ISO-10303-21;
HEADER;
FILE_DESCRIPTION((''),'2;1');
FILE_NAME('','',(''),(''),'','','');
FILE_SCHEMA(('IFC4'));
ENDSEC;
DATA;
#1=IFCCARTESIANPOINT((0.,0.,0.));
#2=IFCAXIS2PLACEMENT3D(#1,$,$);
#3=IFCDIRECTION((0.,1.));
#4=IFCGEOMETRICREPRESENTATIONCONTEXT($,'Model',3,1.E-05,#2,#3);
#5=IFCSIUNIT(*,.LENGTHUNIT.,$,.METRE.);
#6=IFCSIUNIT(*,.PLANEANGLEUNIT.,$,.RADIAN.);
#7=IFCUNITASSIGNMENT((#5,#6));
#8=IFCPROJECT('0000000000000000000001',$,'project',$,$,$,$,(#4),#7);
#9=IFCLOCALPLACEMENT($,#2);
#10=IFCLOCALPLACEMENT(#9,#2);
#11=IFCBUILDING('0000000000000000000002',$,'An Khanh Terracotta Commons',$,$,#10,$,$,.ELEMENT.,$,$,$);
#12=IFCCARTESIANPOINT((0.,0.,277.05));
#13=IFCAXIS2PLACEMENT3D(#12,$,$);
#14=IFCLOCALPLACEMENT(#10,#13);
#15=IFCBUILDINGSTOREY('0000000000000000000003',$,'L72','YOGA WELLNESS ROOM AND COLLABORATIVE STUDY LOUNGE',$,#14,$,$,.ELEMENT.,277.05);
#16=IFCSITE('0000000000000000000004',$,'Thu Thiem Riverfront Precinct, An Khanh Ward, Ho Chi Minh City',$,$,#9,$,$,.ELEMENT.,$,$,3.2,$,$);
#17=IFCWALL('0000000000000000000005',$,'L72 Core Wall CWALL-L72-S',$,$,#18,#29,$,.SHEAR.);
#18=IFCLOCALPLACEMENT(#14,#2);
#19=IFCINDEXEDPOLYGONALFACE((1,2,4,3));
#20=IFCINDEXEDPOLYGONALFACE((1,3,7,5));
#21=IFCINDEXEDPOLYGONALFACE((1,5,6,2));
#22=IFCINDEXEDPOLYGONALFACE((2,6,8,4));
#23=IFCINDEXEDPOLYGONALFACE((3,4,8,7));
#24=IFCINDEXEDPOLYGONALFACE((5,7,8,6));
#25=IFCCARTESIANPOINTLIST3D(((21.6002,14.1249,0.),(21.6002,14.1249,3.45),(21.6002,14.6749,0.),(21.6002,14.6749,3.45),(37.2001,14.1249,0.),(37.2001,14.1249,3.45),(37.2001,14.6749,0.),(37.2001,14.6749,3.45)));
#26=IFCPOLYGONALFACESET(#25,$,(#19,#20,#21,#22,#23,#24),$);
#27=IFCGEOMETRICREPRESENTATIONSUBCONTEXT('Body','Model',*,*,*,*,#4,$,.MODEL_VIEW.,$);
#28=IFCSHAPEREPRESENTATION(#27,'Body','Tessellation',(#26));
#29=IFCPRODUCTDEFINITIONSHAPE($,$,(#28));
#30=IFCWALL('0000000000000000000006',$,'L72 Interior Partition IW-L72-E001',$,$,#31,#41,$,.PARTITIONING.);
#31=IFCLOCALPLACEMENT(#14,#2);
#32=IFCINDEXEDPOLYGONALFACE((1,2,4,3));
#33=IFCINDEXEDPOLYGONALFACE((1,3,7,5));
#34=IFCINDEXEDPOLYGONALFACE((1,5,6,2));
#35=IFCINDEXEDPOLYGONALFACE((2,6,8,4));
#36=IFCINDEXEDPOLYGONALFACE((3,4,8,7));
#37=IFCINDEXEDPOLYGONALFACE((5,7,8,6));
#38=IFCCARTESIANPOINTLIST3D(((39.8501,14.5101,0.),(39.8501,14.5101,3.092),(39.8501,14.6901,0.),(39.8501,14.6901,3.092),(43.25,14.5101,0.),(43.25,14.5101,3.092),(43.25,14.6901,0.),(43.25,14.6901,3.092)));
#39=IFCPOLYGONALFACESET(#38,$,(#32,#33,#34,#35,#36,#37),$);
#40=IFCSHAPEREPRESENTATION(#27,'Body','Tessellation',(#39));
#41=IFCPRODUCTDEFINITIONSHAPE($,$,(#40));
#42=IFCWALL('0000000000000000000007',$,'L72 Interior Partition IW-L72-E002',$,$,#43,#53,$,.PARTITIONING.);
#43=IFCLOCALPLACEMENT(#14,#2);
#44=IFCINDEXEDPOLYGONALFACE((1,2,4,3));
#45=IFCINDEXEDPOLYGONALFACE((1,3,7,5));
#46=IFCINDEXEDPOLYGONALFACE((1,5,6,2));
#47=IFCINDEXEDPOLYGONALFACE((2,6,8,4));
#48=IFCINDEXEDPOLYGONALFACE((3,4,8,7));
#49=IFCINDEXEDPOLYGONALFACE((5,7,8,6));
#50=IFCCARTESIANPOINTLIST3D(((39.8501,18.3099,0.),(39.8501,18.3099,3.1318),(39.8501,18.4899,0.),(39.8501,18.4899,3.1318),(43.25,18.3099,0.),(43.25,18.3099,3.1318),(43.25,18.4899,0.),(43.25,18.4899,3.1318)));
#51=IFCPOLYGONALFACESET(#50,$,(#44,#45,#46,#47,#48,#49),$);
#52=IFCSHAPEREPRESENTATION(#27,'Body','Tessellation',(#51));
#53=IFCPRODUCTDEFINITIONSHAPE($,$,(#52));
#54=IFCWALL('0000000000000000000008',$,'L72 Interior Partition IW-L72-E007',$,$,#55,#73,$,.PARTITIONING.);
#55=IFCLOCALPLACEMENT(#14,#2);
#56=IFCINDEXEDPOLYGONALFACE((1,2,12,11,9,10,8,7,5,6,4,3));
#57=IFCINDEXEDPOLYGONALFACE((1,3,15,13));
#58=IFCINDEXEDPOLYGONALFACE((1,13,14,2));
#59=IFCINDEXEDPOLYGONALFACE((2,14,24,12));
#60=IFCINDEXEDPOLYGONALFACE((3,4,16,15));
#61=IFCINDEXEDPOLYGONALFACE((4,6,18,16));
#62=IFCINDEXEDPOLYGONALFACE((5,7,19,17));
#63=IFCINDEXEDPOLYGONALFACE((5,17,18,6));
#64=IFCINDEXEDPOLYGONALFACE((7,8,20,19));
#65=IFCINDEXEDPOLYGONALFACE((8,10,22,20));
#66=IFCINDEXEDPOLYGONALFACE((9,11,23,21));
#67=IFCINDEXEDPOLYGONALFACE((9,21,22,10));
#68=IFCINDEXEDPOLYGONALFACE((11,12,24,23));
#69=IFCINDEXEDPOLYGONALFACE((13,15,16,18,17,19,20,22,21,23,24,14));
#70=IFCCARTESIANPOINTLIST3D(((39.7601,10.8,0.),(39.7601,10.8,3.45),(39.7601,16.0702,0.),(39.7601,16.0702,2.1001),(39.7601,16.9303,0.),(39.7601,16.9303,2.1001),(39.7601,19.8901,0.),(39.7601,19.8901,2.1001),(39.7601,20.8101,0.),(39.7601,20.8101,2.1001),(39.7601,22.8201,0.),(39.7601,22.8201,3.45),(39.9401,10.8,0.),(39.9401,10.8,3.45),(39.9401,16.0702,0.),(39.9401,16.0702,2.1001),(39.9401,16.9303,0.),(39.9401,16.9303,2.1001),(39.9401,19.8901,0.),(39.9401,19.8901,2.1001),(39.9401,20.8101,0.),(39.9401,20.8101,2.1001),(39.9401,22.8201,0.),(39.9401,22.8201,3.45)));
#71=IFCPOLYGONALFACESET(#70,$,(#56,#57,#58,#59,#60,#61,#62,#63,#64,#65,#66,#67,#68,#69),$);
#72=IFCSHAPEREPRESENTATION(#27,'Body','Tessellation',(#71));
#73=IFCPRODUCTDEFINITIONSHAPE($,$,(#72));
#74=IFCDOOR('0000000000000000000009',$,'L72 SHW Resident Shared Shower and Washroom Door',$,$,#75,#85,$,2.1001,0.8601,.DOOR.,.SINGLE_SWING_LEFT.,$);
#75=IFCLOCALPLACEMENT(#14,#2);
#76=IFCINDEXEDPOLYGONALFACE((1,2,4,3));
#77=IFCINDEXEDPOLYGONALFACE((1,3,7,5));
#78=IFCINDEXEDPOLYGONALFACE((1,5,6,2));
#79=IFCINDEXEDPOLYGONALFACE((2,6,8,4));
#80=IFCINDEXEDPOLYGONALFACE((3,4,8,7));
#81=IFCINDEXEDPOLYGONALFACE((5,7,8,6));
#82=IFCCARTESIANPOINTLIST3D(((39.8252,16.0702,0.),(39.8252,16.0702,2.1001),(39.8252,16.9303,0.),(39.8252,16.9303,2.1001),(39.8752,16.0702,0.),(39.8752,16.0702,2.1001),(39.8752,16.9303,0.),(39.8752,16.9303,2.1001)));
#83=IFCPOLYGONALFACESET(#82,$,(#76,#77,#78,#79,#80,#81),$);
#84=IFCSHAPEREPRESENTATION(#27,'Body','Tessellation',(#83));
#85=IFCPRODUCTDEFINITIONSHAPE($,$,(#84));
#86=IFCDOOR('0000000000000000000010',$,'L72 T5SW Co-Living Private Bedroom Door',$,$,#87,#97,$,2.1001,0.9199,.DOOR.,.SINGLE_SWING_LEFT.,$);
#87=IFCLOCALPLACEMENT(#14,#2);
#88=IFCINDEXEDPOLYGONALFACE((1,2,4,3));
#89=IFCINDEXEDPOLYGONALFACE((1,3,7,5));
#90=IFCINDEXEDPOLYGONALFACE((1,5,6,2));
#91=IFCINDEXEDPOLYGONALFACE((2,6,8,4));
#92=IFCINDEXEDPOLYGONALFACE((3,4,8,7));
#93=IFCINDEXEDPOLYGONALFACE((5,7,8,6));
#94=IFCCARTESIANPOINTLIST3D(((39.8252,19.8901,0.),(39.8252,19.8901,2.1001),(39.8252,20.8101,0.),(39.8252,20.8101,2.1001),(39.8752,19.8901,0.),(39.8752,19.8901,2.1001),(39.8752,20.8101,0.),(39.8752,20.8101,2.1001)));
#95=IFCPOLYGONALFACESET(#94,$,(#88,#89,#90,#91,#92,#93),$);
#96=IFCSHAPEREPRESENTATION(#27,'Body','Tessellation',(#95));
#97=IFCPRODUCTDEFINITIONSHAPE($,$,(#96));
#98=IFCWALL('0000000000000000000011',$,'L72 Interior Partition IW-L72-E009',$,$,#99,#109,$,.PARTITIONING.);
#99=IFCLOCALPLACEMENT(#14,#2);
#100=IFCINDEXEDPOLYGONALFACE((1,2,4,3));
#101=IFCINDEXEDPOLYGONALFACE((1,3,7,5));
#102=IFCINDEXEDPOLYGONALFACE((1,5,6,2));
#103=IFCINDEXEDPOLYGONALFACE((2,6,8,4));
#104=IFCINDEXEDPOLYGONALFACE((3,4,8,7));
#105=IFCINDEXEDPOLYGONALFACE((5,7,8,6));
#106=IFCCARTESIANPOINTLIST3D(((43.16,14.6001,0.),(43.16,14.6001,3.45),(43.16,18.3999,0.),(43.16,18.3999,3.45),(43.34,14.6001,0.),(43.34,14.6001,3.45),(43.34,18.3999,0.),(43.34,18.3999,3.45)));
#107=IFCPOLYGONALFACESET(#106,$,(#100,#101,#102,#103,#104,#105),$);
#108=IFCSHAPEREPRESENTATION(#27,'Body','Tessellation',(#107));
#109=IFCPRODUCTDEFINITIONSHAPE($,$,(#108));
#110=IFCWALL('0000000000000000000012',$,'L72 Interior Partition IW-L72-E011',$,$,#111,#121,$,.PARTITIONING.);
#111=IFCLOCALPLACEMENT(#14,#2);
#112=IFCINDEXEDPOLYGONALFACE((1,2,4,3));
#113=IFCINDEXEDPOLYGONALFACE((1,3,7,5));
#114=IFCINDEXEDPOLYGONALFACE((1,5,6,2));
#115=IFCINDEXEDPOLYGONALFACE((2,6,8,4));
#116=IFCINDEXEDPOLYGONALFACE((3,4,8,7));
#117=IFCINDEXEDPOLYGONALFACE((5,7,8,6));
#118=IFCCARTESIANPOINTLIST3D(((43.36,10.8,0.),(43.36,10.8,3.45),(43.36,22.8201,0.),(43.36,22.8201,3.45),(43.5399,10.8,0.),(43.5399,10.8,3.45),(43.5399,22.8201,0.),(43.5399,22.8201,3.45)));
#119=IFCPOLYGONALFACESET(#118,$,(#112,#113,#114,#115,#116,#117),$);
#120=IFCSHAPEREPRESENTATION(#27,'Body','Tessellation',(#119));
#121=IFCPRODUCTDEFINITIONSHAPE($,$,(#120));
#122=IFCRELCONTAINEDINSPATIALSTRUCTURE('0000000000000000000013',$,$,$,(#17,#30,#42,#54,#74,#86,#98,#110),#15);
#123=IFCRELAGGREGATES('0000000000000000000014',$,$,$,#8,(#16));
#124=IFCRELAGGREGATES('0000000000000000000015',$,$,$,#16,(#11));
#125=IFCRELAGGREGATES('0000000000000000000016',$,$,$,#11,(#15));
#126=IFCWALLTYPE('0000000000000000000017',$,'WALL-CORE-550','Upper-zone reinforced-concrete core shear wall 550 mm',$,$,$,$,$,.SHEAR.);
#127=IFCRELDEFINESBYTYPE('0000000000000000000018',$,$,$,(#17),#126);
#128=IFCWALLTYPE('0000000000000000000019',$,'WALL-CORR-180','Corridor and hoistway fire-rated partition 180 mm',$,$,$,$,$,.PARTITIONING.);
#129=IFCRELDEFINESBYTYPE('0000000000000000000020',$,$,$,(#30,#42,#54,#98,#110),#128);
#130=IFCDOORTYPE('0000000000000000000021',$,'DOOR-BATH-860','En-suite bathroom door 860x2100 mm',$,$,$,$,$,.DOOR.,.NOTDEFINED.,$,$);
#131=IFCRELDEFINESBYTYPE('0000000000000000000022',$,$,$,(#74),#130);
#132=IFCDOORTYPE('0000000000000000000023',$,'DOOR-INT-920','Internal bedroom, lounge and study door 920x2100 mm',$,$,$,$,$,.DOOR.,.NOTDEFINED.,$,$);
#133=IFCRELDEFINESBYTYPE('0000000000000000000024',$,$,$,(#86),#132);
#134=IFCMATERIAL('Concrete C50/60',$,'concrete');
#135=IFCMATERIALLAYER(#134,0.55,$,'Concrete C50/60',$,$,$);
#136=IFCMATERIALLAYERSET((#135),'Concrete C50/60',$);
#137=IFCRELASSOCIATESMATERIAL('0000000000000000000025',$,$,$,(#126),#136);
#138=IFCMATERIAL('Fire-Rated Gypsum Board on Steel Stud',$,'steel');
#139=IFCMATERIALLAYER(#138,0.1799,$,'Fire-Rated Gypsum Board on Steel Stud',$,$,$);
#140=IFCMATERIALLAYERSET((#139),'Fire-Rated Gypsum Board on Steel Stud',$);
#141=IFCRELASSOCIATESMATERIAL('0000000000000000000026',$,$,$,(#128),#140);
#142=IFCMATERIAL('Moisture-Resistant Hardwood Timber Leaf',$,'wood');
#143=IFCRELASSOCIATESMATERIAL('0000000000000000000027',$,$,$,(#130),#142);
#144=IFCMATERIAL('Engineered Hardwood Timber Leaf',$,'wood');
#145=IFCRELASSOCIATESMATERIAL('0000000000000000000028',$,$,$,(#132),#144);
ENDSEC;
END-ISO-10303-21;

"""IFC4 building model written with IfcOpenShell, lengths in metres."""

from ifc_helpers import new_model, si_unit, direction, frame, frame_2d, origin, place, context, subcontext, project, spatial, rectangle, extrude, material, layer, layer_set, type_object, element, fill, save


model = new_model("IFC4")

# Units and contexts
model_context = context("Model", 3, precision=1e-05, world=origin(), true_north=direction((0.0, 1.0)))
body_context = subcontext(model_context, "Body", "Model", "MODEL_VIEW")
ifc_project = project(units=[si_unit("LENGTHUNIT", "METRE"), si_unit("PLANEANGLEUNIT", "RADIAN")], contexts=[model_context])

# Site, building, storey
site_placement = place(None, origin())
site = spatial("IfcSite", under=ifc_project, at=site_placement, Name="Thu Thiem Riverfront Precinct, An Khanh Ward, Ho Chi Minh City", CompositionType="ELEMENT", RefElevation=3.2)
building_placement = place(site_placement, origin())
building = spatial("IfcBuilding", under=site, at=building_placement, Name="An Khanh Terracotta Commons", CompositionType="ELEMENT")
storey_placement = place(building_placement, frame((0.0, 0.0, 277.05)))
storey = spatial("IfcBuildingStorey", under=building, at=storey_placement, Name="L72", Description="YOGA WELLNESS ROOM AND COLLABORATIVE STUDY LOUNGE", CompositionType="ELEMENT", Elevation=277.05)

# Shared definitions
ifc_material_1 = material(Name="Concrete C50/60", Category="concrete")

# Wall
ifc_layer_1 = layer(ifc_material_1, 0.55, Name="Concrete C50/60")
ifc_layer_set_1 = layer_set([ifc_layer_1], Name="Concrete C50/60")
wall_type_1 = type_object("IfcWallType", Name="WALL-CORE-550", Description="Upper-zone reinforced-concrete core shear wall 550 mm", PredefinedType="SHEAR", material=ifc_layer_set_1)
wall_1_placement = place(storey_placement, frame((37.2, 14.3999, 0.0), z_axis=(0.0, 0.0, 1.0), x_axis=(-1.0, 0.0, 0.0)))
element("IfcWall", 1, at=wall_1_placement, inside=storey, type_object=wall_type_1, Name="L72 Core Wall CWALL-L72-S", PredefinedType="SHEAR", context=body_context, shape_type="SweptSolid", body=[
    extrude(rectangle(XDim=15.5999, YDim=0.55, at=frame_2d((7.7998, 0.0))), origin(), (0.0, 0.0, 1.0), 3.45),
])

# Walls
ifc_material_2 = material(Name="Fire-Rated Gypsum Board on Steel Stud", Category="steel")
ifc_layer_2 = layer(ifc_material_2, 0.1799, Name="Fire-Rated Gypsum Board on Steel Stud")
ifc_layer_set_2 = layer_set([ifc_layer_2], Name="Fire-Rated Gypsum Board on Steel Stud")
wall_type_2 = type_object("IfcWallType", Name="WALL-CORR-180", Description="Corridor and hoistway fire-rated partition 180 mm", PredefinedType="PARTITIONING", material=ifc_layer_set_2)
wall_2_placement = place(storey_placement, frame((39.8501, 14.6001, 0.0), z_axis=(0.0, 0.0, 1.0), x_axis=(1.0, 0.0, 0.0)))
element("IfcWall", 2, at=wall_2_placement, inside=storey, type_object=wall_type_2, Name="L72 Interior Partition IW-L72-E001", PredefinedType="PARTITIONING", context=body_context, shape_type="SweptSolid", body=[
    extrude(rectangle(XDim=3.3999, YDim=0.1799, at=frame_2d((1.7, 0.0))), origin(), (0.0, 0.0, 1.0), 3.092),
])
wall_3_placement = place(storey_placement, frame((39.8501, 18.3999, 0.0), z_axis=(0.0, 0.0, 1.0), x_axis=(1.0, 0.0, 0.0)))
element("IfcWall", 3, at=wall_3_placement, inside=storey, type_object=wall_type_2, Name="L72 Interior Partition IW-L72-E002", PredefinedType="PARTITIONING", context=body_context, shape_type="SweptSolid", body=[
    extrude(rectangle(XDim=3.3999, YDim=0.1799, at=frame_2d((1.7, 0.0))), origin(), (0.0, 0.0, 1.0), 3.1318),
])

# Wall, openings, doors
wall_4_placement = place(storey_placement, frame((39.8501, 10.8, 0.0), z_axis=(0.0, 0.0, 1.0), x_axis=(0.0, 1.0, 0.0)))
wall_4 = element("IfcWall", 4, at=wall_4_placement, inside=storey, type_object=wall_type_2, Name="L72 Interior Partition IW-L72-E007", PredefinedType="PARTITIONING", context=body_context, shape_type="SweptSolid", body=[
    extrude(rectangle(XDim=12.02, YDim=0.1799, at=frame_2d((6.01, 0.0))), origin(), (0.0, 0.0, 1.0), 3.45),
])
opening_1_placement = place(wall_4_placement, frame((5.27, 0.0, 0.0)))
opening_1 = element("IfcOpeningElement", 5, at=opening_1_placement, cuts=wall_4, PredefinedType="OPENING", context=body_context, shape_type="SweptSolid", body=[
    extrude(rectangle(XDim=0.8601, YDim=2.1001, at=frame_2d((0.4302, 1.05))), frame((0.0, 0.0999, 0.0), z_axis=(0.0, -1.0, 0.0), x_axis=(1.0, 0.0, 0.0)), (0.0, 0.0, 1.0), 0.2),
])
opening_2_placement = place(wall_4_placement, frame((9.0901, 0.0, 0.0)))
opening_2 = element("IfcOpeningElement", 6, at=opening_2_placement, cuts=wall_4, PredefinedType="OPENING", context=body_context, shape_type="SweptSolid", body=[
    extrude(rectangle(XDim=0.9199, YDim=2.1001, at=frame_2d((0.46, 1.05))), frame((0.0, 0.0999, 0.0), z_axis=(0.0, -1.0, 0.0), x_axis=(1.0, 0.0, 0.0)), (0.0, 0.0, 1.0), 0.2),
])
ifc_material_3 = material(Name="Moisture-Resistant Hardwood Timber Leaf", Category="wood")
door_type_1 = type_object("IfcDoorType", Name="DOOR-BATH-860", Description="En-suite bathroom door 860x2100 mm", OperationType="NOTDEFINED", PredefinedType="DOOR", material=ifc_material_3)
door_1_placement = place(opening_1_placement, origin())
door_1 = element("IfcDoor", 7, at=door_1_placement, inside=storey, type_object=door_type_1, Name="L72 SHW Resident Shared Shower and Washroom Door", OperationType="SINGLE_SWING_LEFT", OverallHeight=2.1001, OverallWidth=0.8601, PredefinedType="DOOR", context=body_context, shape_type="SweptSolid", body=[
    extrude(rectangle(XDim=0.8601, YDim=2.1001, at=frame_2d((0.4302, 1.05))), frame((0.0, 0.0249, 0.0), z_axis=(0.0, -1.0, 0.0), x_axis=(1.0, 0.0, 0.0)), (0.0, 0.0, 1.0), 0.05),
])
fill(opening_1, door_1)
ifc_material_4 = material(Name="Engineered Hardwood Timber Leaf", Category="wood")
door_type_2 = type_object("IfcDoorType", Name="DOOR-INT-920", Description="Internal bedroom, lounge and study door 920x2100 mm", OperationType="NOTDEFINED", PredefinedType="DOOR", material=ifc_material_4)
door_2_placement = place(opening_2_placement, origin())
door_2 = element("IfcDoor", 8, at=door_2_placement, inside=storey, type_object=door_type_2, Name="L72 T5SW Co-Living Private Bedroom Door", OperationType="SINGLE_SWING_LEFT", OverallHeight=2.1001, OverallWidth=0.9199, PredefinedType="DOOR", context=body_context, shape_type="SweptSolid", body=[
    extrude(rectangle(XDim=0.9199, YDim=2.1001, at=frame_2d((0.46, 1.05))), frame((0.0, 0.0249, 0.0), z_axis=(0.0, -1.0, 0.0), x_axis=(1.0, 0.0, 0.0)), (0.0, 0.0, 1.0), 0.05),
])
fill(opening_2, door_2)

# Walls
wall_5_placement = place(storey_placement, frame((43.25, 14.6001, 0.0), z_axis=(0.0, 0.0, 1.0), x_axis=(0.0, 1.0, 0.0)))
element("IfcWall", 9, at=wall_5_placement, inside=storey, type_object=wall_type_2, Name="L72 Interior Partition IW-L72-E009", PredefinedType="PARTITIONING", context=body_context, shape_type="SweptSolid", body=[
    extrude(rectangle(XDim=3.7998, YDim=0.1799, at=frame_2d((1.8999, 0.0))), origin(), (0.0, 0.0, 1.0), 3.45),
])
wall_6_placement = place(storey_placement, frame((43.45, 10.8, 0.0), z_axis=(0.0, 0.0, 1.0), x_axis=(0.0, 1.0, 0.0)))
element("IfcWall", 10, at=wall_6_placement, inside=storey, type_object=wall_type_2, Name="L72 Interior Partition IW-L72-E011", PredefinedType="PARTITIONING", context=body_context, shape_type="SweptSolid", body=[
    extrude(rectangle(XDim=12.02, YDim=0.1799, at=frame_2d((6.01, 0.0))), origin(), (0.0, 0.0, 1.0), 3.45),
])

save(model, "model.ifc")
